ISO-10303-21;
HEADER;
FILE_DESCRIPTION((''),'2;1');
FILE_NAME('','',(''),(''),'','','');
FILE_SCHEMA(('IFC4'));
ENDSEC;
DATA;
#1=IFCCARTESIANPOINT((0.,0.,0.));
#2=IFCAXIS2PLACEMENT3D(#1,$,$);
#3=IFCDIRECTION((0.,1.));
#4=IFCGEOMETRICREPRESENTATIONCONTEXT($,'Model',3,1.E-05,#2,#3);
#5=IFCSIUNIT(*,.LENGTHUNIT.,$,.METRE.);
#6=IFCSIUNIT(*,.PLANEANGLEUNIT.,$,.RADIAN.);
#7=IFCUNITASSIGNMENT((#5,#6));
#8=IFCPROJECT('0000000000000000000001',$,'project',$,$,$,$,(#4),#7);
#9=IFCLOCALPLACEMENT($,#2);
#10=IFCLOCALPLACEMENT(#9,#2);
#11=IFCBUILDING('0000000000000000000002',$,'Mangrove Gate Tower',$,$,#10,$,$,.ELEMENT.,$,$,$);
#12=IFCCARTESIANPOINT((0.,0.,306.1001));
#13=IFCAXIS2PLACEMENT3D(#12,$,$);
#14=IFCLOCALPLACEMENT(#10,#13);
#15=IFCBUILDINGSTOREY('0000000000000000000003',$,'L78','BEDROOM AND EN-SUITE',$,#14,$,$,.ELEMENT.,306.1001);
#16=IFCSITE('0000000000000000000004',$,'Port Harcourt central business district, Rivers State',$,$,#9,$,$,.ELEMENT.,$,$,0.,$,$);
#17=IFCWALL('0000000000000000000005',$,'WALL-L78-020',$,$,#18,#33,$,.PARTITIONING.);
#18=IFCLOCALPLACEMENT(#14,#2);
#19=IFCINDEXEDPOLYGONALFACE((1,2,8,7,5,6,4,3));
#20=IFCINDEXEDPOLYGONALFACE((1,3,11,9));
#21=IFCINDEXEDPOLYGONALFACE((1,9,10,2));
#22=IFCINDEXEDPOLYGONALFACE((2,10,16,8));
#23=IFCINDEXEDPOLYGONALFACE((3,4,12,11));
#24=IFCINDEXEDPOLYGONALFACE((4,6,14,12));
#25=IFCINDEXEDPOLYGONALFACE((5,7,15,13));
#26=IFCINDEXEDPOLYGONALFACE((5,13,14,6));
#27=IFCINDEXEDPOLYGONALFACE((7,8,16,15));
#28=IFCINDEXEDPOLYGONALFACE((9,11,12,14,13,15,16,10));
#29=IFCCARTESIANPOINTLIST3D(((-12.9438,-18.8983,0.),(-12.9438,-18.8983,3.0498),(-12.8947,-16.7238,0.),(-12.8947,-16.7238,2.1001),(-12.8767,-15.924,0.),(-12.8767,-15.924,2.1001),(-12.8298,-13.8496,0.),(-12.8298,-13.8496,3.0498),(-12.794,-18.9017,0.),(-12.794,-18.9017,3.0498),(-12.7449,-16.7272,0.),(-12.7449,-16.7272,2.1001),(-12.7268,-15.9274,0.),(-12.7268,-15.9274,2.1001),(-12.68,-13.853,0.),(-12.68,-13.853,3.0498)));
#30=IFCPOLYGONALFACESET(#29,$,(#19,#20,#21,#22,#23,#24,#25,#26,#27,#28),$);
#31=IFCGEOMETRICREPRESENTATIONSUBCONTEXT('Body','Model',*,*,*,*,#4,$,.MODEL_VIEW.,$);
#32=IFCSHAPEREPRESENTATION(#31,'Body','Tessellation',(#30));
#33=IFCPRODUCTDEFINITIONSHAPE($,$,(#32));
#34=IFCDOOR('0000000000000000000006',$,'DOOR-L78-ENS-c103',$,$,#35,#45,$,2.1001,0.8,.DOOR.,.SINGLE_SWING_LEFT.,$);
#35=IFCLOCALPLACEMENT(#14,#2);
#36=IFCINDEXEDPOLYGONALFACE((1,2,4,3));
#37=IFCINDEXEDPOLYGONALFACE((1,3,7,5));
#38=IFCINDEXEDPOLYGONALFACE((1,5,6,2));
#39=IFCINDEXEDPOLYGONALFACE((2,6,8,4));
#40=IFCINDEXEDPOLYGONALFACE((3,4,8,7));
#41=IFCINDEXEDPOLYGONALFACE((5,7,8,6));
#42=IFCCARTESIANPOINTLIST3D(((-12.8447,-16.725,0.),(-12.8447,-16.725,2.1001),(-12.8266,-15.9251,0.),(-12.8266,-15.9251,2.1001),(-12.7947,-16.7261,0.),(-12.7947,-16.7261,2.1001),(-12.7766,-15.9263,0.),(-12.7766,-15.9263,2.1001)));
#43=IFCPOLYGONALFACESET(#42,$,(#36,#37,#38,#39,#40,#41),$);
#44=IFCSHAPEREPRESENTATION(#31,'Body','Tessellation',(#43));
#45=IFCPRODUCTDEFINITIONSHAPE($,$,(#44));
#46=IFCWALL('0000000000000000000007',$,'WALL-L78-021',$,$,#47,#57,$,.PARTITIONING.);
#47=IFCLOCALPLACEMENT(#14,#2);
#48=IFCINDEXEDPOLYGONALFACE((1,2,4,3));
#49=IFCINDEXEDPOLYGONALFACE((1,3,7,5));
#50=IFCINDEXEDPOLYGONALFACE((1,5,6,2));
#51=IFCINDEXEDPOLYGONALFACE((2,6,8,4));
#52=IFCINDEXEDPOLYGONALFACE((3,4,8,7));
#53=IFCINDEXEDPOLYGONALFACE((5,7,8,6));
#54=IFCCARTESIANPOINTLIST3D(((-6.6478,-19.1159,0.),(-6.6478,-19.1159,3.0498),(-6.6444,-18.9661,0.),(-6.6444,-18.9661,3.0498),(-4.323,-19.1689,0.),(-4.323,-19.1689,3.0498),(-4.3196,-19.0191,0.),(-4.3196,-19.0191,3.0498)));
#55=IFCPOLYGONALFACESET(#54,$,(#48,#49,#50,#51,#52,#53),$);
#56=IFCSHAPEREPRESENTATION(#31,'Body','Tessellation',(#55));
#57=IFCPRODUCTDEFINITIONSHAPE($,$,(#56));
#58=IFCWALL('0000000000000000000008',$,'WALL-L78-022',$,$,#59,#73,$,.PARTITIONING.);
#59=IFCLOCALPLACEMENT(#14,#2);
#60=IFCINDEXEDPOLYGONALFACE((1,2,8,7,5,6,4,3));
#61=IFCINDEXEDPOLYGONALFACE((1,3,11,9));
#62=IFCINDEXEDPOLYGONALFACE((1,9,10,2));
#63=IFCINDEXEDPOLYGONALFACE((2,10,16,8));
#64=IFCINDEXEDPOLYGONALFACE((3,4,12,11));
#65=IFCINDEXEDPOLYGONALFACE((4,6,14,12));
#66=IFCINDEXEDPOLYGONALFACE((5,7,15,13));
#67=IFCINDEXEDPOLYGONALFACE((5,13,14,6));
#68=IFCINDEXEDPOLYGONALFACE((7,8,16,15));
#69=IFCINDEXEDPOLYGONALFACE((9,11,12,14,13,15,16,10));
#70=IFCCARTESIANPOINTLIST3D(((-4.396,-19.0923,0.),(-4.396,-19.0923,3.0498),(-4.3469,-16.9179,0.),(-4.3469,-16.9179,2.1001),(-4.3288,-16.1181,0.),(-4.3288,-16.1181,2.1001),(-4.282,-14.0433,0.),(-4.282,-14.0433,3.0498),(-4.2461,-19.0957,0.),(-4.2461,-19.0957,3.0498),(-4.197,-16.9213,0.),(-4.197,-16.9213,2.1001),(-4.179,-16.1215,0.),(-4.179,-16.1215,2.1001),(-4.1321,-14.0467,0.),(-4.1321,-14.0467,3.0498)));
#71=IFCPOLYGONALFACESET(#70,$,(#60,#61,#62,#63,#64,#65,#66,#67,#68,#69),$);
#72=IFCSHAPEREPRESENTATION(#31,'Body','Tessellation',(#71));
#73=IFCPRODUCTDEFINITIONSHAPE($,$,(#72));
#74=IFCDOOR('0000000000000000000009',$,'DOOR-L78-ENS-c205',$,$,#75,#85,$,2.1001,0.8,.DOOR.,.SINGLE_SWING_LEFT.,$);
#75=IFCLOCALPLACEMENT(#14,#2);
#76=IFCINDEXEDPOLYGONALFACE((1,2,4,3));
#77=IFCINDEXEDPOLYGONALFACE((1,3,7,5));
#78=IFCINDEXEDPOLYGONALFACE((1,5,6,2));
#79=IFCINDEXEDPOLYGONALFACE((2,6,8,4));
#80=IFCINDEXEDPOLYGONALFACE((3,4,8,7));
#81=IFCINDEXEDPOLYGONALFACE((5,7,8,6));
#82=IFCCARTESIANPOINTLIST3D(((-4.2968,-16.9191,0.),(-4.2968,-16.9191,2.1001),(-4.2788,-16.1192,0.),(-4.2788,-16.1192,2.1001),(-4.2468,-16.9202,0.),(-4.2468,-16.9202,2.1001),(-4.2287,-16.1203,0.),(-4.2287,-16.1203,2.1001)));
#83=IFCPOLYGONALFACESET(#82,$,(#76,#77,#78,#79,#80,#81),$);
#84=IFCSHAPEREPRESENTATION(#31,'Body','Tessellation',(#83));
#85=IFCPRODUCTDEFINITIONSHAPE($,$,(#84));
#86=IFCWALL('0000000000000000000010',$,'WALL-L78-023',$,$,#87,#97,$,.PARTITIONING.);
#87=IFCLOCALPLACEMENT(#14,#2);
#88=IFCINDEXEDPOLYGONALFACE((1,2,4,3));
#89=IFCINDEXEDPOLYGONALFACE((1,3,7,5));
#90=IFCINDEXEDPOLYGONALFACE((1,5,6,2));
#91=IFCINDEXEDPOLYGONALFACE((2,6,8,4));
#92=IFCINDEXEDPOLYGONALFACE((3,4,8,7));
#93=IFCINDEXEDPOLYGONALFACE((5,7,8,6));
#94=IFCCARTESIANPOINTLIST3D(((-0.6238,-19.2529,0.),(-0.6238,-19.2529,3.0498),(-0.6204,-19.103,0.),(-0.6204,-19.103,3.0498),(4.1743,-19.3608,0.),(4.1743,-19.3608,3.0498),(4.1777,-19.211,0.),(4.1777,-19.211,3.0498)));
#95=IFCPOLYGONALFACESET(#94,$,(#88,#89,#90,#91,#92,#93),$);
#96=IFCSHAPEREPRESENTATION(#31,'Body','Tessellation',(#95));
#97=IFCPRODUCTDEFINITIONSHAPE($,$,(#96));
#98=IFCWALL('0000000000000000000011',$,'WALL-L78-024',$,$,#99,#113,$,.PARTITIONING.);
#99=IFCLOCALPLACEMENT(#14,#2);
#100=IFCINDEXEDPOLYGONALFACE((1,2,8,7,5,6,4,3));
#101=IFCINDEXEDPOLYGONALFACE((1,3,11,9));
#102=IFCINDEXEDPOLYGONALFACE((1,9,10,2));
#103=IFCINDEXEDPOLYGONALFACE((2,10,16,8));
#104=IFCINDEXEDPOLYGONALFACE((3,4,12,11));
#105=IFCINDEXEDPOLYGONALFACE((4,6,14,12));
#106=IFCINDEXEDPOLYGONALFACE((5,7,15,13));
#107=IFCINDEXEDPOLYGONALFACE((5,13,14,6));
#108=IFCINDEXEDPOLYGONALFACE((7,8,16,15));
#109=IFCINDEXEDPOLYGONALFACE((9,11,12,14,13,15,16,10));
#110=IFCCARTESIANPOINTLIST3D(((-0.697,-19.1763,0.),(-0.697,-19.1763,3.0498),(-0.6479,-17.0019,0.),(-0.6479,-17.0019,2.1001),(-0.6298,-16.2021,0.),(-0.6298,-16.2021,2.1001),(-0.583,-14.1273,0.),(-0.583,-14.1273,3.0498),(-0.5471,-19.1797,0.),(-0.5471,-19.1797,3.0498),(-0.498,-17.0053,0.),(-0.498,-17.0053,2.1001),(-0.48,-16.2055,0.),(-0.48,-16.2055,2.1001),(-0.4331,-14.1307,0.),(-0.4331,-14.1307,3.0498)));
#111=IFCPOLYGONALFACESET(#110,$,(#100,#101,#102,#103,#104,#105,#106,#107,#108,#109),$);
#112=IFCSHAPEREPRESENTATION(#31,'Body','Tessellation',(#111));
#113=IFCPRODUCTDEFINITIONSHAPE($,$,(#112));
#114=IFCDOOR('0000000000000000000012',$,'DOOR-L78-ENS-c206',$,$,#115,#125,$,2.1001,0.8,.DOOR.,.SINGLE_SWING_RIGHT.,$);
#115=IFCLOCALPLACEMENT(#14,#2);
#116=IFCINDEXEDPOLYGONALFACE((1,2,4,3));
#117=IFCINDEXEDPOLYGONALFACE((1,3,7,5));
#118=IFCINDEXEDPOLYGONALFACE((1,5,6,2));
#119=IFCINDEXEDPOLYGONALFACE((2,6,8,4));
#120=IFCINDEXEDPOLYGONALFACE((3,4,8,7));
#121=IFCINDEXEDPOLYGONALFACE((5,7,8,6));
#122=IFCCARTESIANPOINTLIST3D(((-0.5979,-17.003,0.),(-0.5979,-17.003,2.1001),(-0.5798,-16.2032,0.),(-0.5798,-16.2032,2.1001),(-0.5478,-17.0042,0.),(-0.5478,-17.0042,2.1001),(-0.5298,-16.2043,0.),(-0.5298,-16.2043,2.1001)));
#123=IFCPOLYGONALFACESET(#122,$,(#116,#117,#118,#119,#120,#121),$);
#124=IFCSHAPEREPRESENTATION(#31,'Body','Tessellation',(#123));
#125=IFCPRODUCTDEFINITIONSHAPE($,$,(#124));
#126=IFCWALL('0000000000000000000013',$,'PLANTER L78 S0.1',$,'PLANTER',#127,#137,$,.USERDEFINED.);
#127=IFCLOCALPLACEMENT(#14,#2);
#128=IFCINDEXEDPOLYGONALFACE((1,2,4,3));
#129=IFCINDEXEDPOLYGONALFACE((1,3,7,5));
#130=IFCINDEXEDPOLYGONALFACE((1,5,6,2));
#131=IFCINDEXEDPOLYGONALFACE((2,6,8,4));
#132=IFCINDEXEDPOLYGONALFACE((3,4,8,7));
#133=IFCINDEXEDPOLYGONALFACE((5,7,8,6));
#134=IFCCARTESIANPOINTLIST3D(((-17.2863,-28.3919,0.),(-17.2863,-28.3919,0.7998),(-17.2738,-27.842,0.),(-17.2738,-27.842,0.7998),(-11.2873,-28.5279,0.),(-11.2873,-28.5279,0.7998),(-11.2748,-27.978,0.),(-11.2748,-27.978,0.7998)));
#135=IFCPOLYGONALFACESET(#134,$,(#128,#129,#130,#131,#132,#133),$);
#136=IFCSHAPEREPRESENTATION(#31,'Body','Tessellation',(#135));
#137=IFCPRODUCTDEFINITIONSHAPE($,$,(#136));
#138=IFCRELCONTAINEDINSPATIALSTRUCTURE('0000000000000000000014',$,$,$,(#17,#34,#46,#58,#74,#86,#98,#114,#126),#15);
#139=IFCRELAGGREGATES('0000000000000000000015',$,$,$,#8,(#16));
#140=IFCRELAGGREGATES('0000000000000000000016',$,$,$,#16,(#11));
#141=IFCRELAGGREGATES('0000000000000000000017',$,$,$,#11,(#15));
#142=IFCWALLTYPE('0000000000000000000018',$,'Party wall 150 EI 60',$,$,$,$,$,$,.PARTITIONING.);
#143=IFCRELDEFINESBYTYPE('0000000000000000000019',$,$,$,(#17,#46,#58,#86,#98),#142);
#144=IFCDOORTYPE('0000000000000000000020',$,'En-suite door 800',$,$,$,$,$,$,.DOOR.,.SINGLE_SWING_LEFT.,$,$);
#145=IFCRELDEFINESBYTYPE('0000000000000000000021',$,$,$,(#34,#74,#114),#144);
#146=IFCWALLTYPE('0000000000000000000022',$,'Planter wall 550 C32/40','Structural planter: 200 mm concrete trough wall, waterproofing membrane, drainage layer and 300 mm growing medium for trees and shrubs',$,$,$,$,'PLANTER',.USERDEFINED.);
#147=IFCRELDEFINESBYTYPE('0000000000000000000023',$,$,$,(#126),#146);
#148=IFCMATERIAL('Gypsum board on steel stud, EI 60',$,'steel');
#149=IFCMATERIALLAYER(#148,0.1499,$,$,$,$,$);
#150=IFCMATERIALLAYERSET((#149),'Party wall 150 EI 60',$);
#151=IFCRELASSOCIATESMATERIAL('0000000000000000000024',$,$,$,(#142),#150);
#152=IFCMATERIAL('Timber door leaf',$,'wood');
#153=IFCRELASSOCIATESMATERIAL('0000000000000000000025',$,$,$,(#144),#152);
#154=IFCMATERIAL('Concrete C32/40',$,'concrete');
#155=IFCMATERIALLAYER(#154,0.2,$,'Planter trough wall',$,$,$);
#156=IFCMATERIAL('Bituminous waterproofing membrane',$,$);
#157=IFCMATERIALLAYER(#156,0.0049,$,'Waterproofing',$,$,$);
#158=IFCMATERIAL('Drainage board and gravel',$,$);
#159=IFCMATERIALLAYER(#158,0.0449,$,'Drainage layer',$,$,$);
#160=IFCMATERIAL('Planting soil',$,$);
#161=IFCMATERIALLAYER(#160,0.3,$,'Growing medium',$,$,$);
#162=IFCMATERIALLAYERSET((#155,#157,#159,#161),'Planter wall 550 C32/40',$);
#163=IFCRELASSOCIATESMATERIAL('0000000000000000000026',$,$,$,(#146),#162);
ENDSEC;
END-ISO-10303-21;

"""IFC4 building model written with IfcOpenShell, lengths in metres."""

from ifc_helpers import new_model, si_unit, direction, frame, frame_2d, origin, place, context, subcontext, project, spatial, rectangle, extrude, material, layer, layer_set, type_object, element, fill, save


model = new_model("IFC4")

# Units and contexts
model_context = context("Model", 3, precision=1e-05, world=origin(), true_north=direction((0.0, 1.0)))
body_context = subcontext(model_context, "Body", "Model", "MODEL_VIEW")
ifc_project = project(units=[si_unit("LENGTHUNIT", "METRE"), si_unit("PLANEANGLEUNIT", "RADIAN")], contexts=[model_context])

# Site, building, storey
site_placement = place(None, origin())
site = spatial("IfcSite", under=ifc_project, at=site_placement, Name="Port Harcourt central business district, Rivers State", CompositionType="ELEMENT", RefElevation=0.0)
building_placement = place(site_placement, origin())
building = spatial("IfcBuilding", under=site, at=building_placement, Name="Mangrove Gate Tower", CompositionType="ELEMENT")
storey_placement = place(building_placement, frame((0.0, 0.0, 306.1001)))
storey = spatial("IfcBuildingStorey", under=building, at=storey_placement, Name="L78", Description="BEDROOM AND EN-SUITE", CompositionType="ELEMENT", Elevation=306.1001)

# Shared definitions
ifc_material_1 = material(Name="Gypsum board on steel stud, EI 60", Category="steel")
ifc_layer_1 = layer(ifc_material_1, 0.1499)
ifc_layer_set_1 = layer_set([ifc_layer_1], Name="Party wall 150 EI 60")
wall_type_1 = type_object("IfcWallType", Name="Party wall 150 EI 60", PredefinedType="PARTITIONING", material=ifc_layer_set_1)

# Wall, opening, door
ifc_material_2 = material(Name="Timber door leaf", Category="wood")
door_type = type_object("IfcDoorType", Name="En-suite door 800", OperationType="SINGLE_SWING_LEFT", PredefinedType="DOOR", material=ifc_material_2)
wall_1_placement = place(storey_placement, frame((-12.8689, -18.8999, 0.0), z_axis=(0.0, 0.0, 1.0), x_axis=(0.022576, 0.999745, 0.0)))
wall_1 = element("IfcWall", 1, at=wall_1_placement, inside=storey, type_object=wall_type_1, Name="WALL-L78-020", PredefinedType="PARTITIONING", context=body_context, shape_type="SweptSolid", body=[
    extrude(rectangle(XDim=5.05, YDim=0.1499, at=frame_2d((2.5249, 0.0))), origin(), (0.0, 0.0, 1.0), 3.0498),
])
opening_1_placement = place(wall_1_placement, frame((2.175, 0.0, 0.0)))
opening_1 = element("IfcOpeningElement", 2, at=opening_1_placement, cuts=wall_1, PredefinedType="OPENING", context=body_context, shape_type="SweptSolid", body=[
    extrude(rectangle(XDim=0.8, YDim=2.1001, at=frame_2d((0.3999, 1.05))), frame((0.0, 0.085, 0.0), z_axis=(0.0, -1.0, 0.0), x_axis=(1.0, 0.0, 0.0)), (0.0, 0.0, 1.0), 0.1699),
])
door_1_placement = place(opening_1_placement, origin())
door_1 = element("IfcDoor", 3, at=door_1_placement, inside=storey, type_object=door_type, Name="DOOR-L78-ENS-c103", OperationType="SINGLE_SWING_LEFT", OverallHeight=2.1001, OverallWidth=0.8, PredefinedType="DOOR", context=body_context, shape_type="SweptSolid", body=[
    extrude(rectangle(XDim=0.8, YDim=2.1001, at=frame_2d((0.3999, 1.05))), frame((0.0, 0.0249, 0.0), z_axis=(0.0, -1.0, 0.0), x_axis=(1.0, 0.0, 0.0)), (0.0, 0.0, 1.0), 0.05),
])
fill(opening_1, door_1)

# Wall
wall_2_placement = place(storey_placement, frame((-6.646, -19.041, 0.0), z_axis=(0.0, 0.0, 1.0), x_axis=(0.99974, -0.022781, 0.0)))
element("IfcWall", 4, at=wall_2_placement, inside=storey, type_object=wall_type_1, Name="WALL-L78-021", PredefinedType="PARTITIONING", context=body_context, shape_type="SweptSolid", body=[
    extrude(rectangle(XDim=2.3254, YDim=0.1499, at=frame_2d((1.1626, 0.0))), origin(), (0.0, 0.0, 1.0), 3.0498),
])

# Wall, opening, door
wall_3_placement = place(storey_placement, frame((-4.321, -19.094, 0.0), z_axis=(0.0, 0.0, 1.0), x_axis=(0.022575, 0.999745, 0.0)))
wall_3 = element("IfcWall", 5, at=wall_3_placement, inside=storey, type_object=wall_type_1, Name="WALL-L78-022", PredefinedType="PARTITIONING", context=body_context, shape_type="SweptSolid", body=[
    extrude(rectangle(XDim=5.0503, YDim=0.1499, at=frame_2d((2.5251, 0.0))), origin(), (0.0, 0.0, 1.0), 3.0498),
])
opening_2_placement = place(wall_3_placement, frame((2.175, 0.0, 0.0)))
opening_2 = element("IfcOpeningElement", 6, at=opening_2_placement, cuts=wall_3, PredefinedType="OPENING", context=body_context, shape_type="SweptSolid", body=[
    extrude(rectangle(XDim=0.8, YDim=2.1001, at=frame_2d((0.3999, 1.05))), frame((0.0, 0.085, 0.0), z_axis=(0.0, -1.0, 0.0), x_axis=(1.0, 0.0, 0.0)), (0.0, 0.0, 1.0), 0.1699),
])
door_2_placement = place(opening_2_placement, origin())
door_2 = element("IfcDoor", 7, at=door_2_placement, inside=storey, type_object=door_type, Name="DOOR-L78-ENS-c205", OperationType="SINGLE_SWING_LEFT", OverallHeight=2.1001, OverallWidth=0.8, PredefinedType="DOOR", context=body_context, shape_type="SweptSolid", body=[
    extrude(rectangle(XDim=0.8, YDim=2.1001, at=frame_2d((0.3999, 1.05))), frame((0.0, 0.0249, 0.0), z_axis=(0.0, -1.0, 0.0), x_axis=(1.0, 0.0, 0.0)), (0.0, 0.0, 1.0), 0.05),
])
fill(opening_2, door_2)

# Wall
wall_4_placement = place(storey_placement, frame((-0.6221, -19.178, 0.0), z_axis=(0.0, 0.0, 1.0), x_axis=(0.999747, -0.022485, 0.0)))
element("IfcWall", 8, at=wall_4_placement, inside=storey, type_object=wall_type_1, Name="WALL-L78-023", PredefinedType="PARTITIONING", context=body_context, shape_type="SweptSolid", body=[
    extrude(rectangle(XDim=4.7993, YDim=0.1499, at=frame_2d((2.3997, 0.0))), origin(), (0.0, 0.0, 1.0), 3.0498),
])

# Wall, opening, door
wall_5_placement = place(storey_placement, frame((-0.6221, -19.178, 0.0), z_axis=(0.0, 0.0, 1.0), x_axis=(0.022575, 0.999745, 0.0)))
wall_5 = element("IfcWall", 9, at=wall_5_placement, inside=storey, type_object=wall_type_1, Name="WALL-L78-024", PredefinedType="PARTITIONING", context=body_context, shape_type="SweptSolid", body=[
    extrude(rectangle(XDim=5.0503, YDim=0.1499, at=frame_2d((2.5251, 0.0))), origin(), (0.0, 0.0, 1.0), 3.0498),
])
opening_3_placement = place(wall_5_placement, frame((2.175, 0.0, 0.0)))
opening_3 = element("IfcOpeningElement", 10, at=opening_3_placement, cuts=wall_5, PredefinedType="OPENING", context=body_context, shape_type="SweptSolid", body=[
    extrude(rectangle(XDim=0.8, YDim=2.1001, at=frame_2d((0.3999, 1.05))), frame((0.0, 0.085, 0.0), z_axis=(0.0, -1.0, 0.0), x_axis=(1.0, 0.0, 0.0)), (0.0, 0.0, 1.0), 0.1699),
])
door_3_placement = place(opening_3_placement, origin())
door_3 = element("IfcDoor", 11, at=door_3_placement, inside=storey, type_object=door_type, Name="DOOR-L78-ENS-c206", OperationType="SINGLE_SWING_RIGHT", OverallHeight=2.1001, OverallWidth=0.8, PredefinedType="DOOR", context=body_context, shape_type="SweptSolid", body=[
    extrude(rectangle(XDim=0.8, YDim=2.1001, at=frame_2d((0.3999, 1.05))), frame((0.0, 0.0249, 0.0), z_axis=(0.0, -1.0, 0.0), x_axis=(1.0, 0.0, 0.0)), (0.0, 0.0, 1.0), 0.05),
])
fill(opening_3, door_3)

# Wall
ifc_material_3 = material(Name="Concrete C32/40", Category="concrete")
ifc_layer_2 = layer(ifc_material_3, 0.2, Name="Planter trough wall")
ifc_material_4 = material(Name="Bituminous waterproofing membrane")
ifc_layer_3 = layer(ifc_material_4, 0.0049, Name="Waterproofing")
ifc_material_5 = material(Name="Drainage board and gravel")
ifc_layer_4 = layer(ifc_material_5, 0.0449, Name="Drainage layer")
ifc_material_6 = material(Name="Planting soil")
ifc_layer_5 = layer(ifc_material_6, 0.3, Name="Growing medium")
ifc_layer_set_2 = layer_set([ifc_layer_2, ifc_layer_3, ifc_layer_4, ifc_layer_5], Name="Planter wall 550 C32/40")
wall_type_2 = type_object("IfcWallType", Name="Planter wall 550 C32/40", Description="Structural planter: 200 mm concrete trough wall, waterproofing membrane, drainage layer and 300 mm growing medium for trees and shrubs", ElementType="PLANTER", PredefinedType="USERDEFINED", material=ifc_layer_set_2)
wall_6_placement = place(storey_placement, frame((-17.28, -28.1169, 0.0), z_axis=(0.0, 0.0, 1.0), x_axis=(0.999743, -0.022662, 0.0)))
element("IfcWall", 12, at=wall_6_placement, inside=storey, type_object=wall_type_2, Name="PLANTER L78 S0.1", ObjectType="PLANTER", PredefinedType="USERDEFINED", context=body_context, shape_type="SweptSolid", body=[
    extrude(rectangle(XDim=6.0005, YDim=0.55, at=frame_2d((3.0002, 0.0))), origin(), (0.0, 0.0, 1.0), 0.7998),
])

save(model, "model.ifc")
